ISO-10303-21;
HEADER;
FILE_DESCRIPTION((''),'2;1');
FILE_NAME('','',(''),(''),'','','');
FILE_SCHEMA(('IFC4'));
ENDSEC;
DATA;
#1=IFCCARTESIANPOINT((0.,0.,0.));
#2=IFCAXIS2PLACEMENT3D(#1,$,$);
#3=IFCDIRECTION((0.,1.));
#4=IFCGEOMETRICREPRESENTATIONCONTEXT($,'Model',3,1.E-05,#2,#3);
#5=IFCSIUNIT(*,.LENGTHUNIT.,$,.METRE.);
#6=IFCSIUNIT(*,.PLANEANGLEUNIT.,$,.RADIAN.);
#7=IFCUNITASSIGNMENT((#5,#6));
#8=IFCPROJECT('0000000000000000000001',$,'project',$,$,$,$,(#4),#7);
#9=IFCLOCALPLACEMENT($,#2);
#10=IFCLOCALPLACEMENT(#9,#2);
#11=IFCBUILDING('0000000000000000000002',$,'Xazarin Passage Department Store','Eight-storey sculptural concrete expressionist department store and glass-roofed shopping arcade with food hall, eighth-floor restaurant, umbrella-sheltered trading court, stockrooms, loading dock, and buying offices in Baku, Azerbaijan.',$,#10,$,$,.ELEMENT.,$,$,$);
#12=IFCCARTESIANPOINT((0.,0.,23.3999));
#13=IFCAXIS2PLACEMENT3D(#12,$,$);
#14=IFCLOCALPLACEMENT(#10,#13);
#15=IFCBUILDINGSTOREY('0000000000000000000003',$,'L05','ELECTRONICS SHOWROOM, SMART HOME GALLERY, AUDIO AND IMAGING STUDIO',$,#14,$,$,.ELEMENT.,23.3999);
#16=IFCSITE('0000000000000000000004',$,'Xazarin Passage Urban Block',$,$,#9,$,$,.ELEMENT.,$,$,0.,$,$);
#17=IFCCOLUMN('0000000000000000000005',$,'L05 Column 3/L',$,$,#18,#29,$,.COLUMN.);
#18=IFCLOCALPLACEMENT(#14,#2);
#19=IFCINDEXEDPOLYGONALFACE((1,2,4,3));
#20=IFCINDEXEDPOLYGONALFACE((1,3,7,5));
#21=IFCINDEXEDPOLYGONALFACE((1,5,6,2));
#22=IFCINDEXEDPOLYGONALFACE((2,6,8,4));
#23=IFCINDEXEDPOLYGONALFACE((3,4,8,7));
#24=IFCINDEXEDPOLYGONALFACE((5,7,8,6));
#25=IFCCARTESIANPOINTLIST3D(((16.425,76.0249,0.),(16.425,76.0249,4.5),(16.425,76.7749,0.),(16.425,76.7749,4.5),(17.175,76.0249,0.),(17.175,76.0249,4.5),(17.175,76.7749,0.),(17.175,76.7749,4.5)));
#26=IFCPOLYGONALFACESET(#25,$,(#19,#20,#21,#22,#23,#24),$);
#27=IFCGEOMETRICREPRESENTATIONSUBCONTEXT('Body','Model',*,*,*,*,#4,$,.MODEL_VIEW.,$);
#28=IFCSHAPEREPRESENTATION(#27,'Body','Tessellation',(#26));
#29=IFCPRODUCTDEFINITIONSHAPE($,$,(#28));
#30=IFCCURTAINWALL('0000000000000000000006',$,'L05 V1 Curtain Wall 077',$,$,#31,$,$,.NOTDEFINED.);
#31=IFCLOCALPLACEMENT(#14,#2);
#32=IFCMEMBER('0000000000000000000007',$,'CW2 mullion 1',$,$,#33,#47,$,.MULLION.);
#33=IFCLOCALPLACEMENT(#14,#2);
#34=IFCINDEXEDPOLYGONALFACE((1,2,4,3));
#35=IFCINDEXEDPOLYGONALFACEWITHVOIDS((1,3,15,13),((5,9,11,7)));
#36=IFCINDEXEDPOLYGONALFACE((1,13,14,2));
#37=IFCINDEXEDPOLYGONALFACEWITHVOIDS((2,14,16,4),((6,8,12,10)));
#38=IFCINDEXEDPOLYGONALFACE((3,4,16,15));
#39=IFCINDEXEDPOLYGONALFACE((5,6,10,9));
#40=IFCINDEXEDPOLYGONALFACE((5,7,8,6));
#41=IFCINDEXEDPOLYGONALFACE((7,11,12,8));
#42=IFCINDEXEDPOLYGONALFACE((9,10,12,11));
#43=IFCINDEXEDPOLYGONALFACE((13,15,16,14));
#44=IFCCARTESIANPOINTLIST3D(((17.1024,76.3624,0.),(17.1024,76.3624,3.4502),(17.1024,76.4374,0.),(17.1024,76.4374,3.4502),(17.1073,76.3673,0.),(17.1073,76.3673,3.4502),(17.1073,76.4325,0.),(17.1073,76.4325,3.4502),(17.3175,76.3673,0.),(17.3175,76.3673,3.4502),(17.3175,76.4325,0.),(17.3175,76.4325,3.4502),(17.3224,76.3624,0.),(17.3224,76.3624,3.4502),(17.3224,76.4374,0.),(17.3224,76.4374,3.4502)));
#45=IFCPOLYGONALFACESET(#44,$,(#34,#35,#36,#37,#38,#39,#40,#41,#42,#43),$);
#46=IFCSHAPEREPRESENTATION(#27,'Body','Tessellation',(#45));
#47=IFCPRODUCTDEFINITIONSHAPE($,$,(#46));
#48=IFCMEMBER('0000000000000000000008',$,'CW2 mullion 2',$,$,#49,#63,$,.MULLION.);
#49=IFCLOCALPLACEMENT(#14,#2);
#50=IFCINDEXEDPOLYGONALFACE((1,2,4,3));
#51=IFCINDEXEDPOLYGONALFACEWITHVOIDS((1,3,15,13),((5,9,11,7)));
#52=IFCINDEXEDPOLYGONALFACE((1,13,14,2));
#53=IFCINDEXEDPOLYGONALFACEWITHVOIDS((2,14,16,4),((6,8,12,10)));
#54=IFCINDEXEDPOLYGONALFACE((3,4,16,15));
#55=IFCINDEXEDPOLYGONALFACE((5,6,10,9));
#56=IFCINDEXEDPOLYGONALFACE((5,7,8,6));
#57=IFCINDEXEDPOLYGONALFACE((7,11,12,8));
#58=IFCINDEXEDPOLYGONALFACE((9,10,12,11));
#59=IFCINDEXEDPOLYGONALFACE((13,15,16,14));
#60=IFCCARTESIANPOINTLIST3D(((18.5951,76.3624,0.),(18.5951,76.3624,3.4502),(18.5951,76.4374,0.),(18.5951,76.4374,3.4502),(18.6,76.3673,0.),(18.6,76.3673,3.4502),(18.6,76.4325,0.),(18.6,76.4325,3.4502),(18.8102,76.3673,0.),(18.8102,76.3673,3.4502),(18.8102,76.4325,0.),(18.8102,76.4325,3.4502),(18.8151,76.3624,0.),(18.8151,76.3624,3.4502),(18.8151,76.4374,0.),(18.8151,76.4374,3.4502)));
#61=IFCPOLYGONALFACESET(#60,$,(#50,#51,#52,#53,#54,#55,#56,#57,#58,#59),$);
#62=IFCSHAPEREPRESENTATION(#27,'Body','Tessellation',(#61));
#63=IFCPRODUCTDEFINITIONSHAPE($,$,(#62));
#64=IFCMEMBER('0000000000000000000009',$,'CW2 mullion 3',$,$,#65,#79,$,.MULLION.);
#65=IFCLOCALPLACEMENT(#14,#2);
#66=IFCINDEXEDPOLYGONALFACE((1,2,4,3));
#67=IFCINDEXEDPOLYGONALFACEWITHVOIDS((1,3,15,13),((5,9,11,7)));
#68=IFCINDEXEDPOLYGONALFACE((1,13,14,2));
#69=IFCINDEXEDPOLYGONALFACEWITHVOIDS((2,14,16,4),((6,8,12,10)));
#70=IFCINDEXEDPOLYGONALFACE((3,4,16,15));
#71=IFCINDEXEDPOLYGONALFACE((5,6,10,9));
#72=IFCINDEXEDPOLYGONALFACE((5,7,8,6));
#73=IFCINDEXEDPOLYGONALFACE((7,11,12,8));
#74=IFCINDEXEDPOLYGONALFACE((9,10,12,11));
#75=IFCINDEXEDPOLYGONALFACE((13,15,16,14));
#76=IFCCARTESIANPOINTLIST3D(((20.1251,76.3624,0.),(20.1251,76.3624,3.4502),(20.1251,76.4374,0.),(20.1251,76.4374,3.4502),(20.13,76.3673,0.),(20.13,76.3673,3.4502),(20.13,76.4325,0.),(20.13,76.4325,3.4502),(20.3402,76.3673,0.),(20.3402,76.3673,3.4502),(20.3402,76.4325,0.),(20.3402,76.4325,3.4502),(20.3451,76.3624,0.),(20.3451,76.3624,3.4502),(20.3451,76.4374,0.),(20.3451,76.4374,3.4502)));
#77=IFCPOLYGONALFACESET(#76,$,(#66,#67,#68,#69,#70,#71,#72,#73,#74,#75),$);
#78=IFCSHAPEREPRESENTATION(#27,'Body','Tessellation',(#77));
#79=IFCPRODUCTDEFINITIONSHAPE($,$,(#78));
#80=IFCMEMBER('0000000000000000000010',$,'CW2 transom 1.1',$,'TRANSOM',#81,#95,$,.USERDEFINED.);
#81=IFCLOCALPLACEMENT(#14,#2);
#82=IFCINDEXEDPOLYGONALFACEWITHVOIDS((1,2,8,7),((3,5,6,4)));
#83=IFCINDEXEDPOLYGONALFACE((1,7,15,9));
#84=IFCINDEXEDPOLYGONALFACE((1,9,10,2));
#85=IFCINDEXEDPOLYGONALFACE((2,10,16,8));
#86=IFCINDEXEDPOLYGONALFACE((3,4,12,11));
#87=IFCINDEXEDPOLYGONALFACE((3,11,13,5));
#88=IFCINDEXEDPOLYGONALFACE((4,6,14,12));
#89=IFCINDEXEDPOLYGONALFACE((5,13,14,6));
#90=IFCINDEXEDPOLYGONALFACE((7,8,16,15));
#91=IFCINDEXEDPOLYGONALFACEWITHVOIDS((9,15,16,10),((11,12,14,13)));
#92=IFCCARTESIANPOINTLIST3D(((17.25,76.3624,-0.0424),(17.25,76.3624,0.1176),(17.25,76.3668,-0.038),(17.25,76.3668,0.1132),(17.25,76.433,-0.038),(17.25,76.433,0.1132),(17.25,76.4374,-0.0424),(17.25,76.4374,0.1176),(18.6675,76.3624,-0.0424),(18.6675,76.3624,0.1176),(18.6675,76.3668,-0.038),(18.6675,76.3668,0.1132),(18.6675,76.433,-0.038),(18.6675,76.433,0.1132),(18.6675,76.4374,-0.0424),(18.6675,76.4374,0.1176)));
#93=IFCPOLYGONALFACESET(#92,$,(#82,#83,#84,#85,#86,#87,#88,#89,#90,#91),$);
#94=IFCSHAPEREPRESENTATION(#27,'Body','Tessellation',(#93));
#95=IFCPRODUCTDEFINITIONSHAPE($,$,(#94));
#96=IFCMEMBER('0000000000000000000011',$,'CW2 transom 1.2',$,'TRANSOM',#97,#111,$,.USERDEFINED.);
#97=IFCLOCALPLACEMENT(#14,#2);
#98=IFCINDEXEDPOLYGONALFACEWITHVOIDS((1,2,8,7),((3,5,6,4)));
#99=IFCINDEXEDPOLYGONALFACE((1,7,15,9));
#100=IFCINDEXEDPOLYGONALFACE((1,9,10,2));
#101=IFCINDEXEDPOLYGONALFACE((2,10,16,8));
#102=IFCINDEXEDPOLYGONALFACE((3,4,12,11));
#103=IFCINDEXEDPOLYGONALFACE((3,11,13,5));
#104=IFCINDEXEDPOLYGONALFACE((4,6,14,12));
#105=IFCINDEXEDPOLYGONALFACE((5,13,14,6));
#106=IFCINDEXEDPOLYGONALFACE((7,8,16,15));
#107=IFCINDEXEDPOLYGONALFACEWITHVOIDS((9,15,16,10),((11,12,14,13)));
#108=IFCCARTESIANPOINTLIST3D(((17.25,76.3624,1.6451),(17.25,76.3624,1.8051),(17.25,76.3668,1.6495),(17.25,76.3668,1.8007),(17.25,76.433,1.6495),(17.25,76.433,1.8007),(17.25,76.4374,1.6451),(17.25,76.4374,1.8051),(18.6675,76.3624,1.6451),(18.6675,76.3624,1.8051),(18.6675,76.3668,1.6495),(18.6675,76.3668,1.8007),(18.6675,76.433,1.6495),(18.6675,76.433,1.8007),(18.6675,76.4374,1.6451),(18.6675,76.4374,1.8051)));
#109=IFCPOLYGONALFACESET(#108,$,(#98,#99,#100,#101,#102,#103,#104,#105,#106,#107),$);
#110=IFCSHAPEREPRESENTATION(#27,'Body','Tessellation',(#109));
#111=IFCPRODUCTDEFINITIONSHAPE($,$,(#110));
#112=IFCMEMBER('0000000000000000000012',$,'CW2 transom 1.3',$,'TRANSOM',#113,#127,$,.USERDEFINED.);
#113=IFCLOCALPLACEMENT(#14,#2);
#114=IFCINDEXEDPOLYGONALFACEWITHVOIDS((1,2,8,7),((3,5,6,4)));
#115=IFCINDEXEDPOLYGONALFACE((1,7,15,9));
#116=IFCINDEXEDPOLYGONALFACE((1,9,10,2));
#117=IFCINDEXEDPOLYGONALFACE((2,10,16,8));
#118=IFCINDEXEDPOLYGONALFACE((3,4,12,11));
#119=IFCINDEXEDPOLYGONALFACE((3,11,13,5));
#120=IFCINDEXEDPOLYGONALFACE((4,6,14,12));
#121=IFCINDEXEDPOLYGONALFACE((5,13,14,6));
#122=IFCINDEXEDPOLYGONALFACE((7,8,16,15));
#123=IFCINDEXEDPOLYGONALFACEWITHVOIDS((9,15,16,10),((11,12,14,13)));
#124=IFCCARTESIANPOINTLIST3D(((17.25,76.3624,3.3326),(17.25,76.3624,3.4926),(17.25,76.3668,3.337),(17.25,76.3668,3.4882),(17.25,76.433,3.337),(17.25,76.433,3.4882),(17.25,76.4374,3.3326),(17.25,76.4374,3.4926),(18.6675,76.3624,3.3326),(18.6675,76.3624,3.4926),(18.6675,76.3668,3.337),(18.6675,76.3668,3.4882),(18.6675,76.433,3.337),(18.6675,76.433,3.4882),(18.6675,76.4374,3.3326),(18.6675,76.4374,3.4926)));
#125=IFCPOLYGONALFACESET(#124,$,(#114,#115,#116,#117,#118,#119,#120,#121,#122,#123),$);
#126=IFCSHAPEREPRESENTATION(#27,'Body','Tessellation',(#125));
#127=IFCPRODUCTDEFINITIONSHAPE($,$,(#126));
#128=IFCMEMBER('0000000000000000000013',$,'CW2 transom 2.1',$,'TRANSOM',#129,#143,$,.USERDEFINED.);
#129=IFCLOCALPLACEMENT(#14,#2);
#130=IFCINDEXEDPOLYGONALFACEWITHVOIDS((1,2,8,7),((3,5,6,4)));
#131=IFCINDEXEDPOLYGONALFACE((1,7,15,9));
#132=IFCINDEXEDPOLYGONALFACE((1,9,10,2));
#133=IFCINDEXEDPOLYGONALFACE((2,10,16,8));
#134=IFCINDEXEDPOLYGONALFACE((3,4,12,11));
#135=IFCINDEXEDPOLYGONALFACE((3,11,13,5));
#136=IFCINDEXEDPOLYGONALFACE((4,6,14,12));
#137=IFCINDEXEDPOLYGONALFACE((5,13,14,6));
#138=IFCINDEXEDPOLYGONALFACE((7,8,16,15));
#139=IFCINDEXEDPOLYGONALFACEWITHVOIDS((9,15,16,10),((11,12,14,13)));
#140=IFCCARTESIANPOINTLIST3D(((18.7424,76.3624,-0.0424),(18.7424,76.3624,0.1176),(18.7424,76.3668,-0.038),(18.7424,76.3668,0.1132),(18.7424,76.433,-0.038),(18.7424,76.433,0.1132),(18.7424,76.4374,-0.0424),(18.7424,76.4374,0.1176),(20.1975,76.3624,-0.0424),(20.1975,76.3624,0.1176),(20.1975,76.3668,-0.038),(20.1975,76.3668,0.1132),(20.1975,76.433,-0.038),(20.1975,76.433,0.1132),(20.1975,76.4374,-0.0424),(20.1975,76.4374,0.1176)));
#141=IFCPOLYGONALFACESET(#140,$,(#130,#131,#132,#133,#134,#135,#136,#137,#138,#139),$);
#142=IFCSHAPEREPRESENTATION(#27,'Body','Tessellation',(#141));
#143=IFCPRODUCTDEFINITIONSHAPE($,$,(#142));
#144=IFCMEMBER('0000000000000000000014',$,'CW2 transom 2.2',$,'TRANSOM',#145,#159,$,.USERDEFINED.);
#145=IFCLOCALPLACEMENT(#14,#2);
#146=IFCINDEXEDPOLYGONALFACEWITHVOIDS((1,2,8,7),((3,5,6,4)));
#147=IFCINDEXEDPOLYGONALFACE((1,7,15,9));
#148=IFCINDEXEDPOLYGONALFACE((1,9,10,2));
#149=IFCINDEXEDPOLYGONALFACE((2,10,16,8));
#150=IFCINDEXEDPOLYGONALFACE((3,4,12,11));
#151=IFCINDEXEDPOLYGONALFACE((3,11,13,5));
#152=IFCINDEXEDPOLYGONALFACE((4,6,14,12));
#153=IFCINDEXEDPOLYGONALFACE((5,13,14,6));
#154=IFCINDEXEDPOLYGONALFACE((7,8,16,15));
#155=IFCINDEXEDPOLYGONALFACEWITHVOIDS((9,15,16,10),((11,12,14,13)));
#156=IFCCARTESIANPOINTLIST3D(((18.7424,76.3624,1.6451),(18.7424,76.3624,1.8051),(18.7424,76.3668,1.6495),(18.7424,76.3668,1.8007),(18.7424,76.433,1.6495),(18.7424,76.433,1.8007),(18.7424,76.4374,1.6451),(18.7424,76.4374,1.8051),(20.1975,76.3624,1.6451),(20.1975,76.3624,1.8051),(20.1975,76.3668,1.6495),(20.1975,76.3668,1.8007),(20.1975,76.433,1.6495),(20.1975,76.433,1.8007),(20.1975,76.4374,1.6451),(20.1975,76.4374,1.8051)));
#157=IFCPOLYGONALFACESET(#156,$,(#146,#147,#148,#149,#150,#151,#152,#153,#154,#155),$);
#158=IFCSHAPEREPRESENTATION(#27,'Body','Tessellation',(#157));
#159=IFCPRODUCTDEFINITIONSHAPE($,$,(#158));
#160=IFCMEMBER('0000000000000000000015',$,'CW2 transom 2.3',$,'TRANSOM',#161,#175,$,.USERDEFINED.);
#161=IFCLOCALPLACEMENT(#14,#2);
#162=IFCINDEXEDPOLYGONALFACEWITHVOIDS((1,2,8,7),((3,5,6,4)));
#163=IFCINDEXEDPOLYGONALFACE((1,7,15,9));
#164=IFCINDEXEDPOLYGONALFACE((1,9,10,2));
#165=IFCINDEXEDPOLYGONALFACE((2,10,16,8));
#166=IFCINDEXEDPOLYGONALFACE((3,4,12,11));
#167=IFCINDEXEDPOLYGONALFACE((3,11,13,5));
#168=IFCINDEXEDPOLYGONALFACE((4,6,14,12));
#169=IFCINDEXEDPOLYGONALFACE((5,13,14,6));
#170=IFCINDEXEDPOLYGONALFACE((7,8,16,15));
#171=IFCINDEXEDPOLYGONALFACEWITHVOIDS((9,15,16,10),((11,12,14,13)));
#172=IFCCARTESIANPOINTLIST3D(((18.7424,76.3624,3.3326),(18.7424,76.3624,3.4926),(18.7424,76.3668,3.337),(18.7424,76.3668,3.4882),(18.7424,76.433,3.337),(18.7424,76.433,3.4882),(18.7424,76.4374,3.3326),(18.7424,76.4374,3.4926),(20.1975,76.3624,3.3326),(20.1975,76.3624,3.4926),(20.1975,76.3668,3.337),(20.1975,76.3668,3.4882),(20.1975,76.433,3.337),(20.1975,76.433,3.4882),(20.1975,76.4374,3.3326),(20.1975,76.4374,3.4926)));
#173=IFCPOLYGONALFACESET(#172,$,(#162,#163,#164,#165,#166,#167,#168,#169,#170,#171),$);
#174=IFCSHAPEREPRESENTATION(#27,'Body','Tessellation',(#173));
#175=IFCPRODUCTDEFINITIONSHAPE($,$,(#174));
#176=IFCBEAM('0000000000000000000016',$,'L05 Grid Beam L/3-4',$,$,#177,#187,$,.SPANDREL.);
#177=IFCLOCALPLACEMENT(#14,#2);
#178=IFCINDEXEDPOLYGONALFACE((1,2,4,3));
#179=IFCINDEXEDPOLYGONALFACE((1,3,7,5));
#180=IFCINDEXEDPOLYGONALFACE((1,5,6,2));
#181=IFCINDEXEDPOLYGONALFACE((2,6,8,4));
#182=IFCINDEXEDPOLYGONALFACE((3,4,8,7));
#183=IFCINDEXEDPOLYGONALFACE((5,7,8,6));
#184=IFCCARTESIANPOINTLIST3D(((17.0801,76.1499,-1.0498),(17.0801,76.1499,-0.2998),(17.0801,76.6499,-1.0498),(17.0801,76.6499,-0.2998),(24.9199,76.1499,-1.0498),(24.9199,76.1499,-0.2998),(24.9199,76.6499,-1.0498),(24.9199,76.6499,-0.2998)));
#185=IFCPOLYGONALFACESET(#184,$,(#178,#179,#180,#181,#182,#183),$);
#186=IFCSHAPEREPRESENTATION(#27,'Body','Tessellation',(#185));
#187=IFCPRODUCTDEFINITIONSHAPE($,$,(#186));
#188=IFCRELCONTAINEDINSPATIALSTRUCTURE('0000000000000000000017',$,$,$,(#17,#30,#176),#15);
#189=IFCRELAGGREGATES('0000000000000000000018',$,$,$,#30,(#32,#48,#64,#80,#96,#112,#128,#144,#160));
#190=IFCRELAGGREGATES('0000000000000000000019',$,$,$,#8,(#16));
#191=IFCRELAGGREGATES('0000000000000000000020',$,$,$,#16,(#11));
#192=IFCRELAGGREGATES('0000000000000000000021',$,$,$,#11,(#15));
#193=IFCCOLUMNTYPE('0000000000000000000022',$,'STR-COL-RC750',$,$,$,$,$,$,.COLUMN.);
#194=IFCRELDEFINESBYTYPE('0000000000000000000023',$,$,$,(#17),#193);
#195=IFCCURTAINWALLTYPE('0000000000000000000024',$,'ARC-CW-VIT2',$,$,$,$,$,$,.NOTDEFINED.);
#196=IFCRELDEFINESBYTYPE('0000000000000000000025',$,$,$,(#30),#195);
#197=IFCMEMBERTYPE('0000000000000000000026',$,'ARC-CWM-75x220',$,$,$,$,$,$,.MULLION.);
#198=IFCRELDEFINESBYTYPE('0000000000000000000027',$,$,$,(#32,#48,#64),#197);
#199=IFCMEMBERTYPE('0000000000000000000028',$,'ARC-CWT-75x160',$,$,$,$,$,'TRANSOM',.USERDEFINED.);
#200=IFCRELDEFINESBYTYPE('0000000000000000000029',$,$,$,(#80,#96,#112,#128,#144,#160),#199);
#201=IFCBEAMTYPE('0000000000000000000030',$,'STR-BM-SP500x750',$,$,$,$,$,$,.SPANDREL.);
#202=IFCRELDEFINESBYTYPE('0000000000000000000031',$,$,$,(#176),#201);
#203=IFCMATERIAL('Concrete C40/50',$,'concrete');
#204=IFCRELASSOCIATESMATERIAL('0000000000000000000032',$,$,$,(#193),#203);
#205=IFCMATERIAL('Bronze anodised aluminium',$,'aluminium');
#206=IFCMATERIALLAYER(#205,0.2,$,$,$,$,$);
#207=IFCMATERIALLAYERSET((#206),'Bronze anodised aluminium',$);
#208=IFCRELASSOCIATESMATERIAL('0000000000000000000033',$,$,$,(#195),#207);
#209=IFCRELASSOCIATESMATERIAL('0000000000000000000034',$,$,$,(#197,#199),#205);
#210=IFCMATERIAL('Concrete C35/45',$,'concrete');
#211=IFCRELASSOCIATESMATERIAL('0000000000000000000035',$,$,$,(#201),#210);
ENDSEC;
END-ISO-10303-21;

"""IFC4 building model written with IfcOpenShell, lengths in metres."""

from ifc_helpers import new_model, si_unit, direction, frame, origin, origin_2d, place, context, subcontext, project, spatial, rectangle, hollow_rectangle, extrude, material, layer, layer_set, material_profile, profile_set, type_object, element, aggregate, save


model = new_model("IFC4")

# Units and contexts
model_context = context("Model", 3, precision=1e-05, world=origin(), true_north=direction((0.0, 1.0)))
body_context = subcontext(model_context, "Body", "Model", "MODEL_VIEW")
ifc_project = project(units=[si_unit("LENGTHUNIT", "METRE"), si_unit("PLANEANGLEUNIT", "RADIAN")], contexts=[model_context])

# Site, building, storey
site_placement = place(None, origin())
site = spatial("IfcSite", under=ifc_project, at=site_placement, Name="Xazarin Passage Urban Block", CompositionType="ELEMENT", RefElevation=0.0)
building_placement = place(site_placement, origin())
building = spatial("IfcBuilding", under=site, at=building_placement, Name="Xazarin Passage Department Store", Description="Eight-storey sculptural concrete expressionist department store and glass-roofed shopping arcade with food hall, eighth-floor restaurant, umbrella-sheltered trading court, stockrooms, loading dock, and buying offices in Baku, Azerbaijan.", CompositionType="ELEMENT")
storey_placement = place(building_placement, frame((0.0, 0.0, 23.3999)))
storey = spatial("IfcBuildingStorey", under=building, at=storey_placement, Name="L05", Description="ELECTRONICS SHOWROOM, SMART HOME GALLERY, AUDIO AND IMAGING STUDIO", CompositionType="ELEMENT", Elevation=23.3999)

# Column
ifc_material_1 = material(Name="Concrete C40/50", Category="concrete")
ifc_material_profile_1 = material_profile(ifc_material_1, rectangle(XDim=0.75, YDim=0.75, at=origin_2d()), Name="RC 750x750")
ifc_profile_set_1 = profile_set([ifc_material_profile_1], Name="Concrete C40/50")
column_type = type_object("IfcColumnType", Name="STR-COL-RC750", PredefinedType="COLUMN", material=ifc_profile_set_1)
column_placement = place(storey_placement, frame((16.8, 76.3999, 0.0), z_axis=(0.0, 0.0, 1.0), x_axis=(1.0, 0.0, 0.0)))
element("IfcColumn", 1, at=column_placement, inside=storey, type_object=column_type, Name="L05 Column 3/L", PredefinedType="COLUMN", context=body_context, shape_type="SweptSolid", body=[
    extrude(rectangle(XDim=0.75, YDim=0.75, at=origin_2d()), origin(), (0.0, 0.0, 1.0), 4.5),
])

# Curtain wall, members
ifc_material_2 = material(Name="Bronze anodised aluminium", Category="aluminium")
ifc_layer_1 = layer(ifc_material_2, 0.2)
ifc_layer_set_1 = layer_set([ifc_layer_1], Name="Bronze anodised aluminium")
curtain_wall_type = type_object("IfcCurtainWallType", Name="ARC-CW-VIT2", PredefinedType="NOTDEFINED", material=ifc_layer_set_1)
curtain_wall_placement = place(storey_placement, origin())
curtain_wall = element("IfcCurtainWall", 2, at=curtain_wall_placement, inside=storey, type_object=curtain_wall_type, Name="L05 V1 Curtain Wall 077", PredefinedType="NOTDEFINED")
ifc_material_profile_2 = material_profile(ifc_material_2, hollow_rectangle(XDim=0.075, YDim=0.22, WallThickness=0.0049, at=origin_2d()), Name="ALU 75x220")
ifc_profile_set_2 = profile_set([ifc_material_profile_2], Name="Bronze anodised aluminium")
member_type_1 = type_object("IfcMemberType", Name="ARC-CWM-75x220", PredefinedType="MULLION", material=ifc_profile_set_2)
member_1_placement = place(storey_placement, frame((17.2124, 76.3999, 0.0), z_axis=(0.0, 0.0, 1.0), x_axis=(0.0, 1.0, 0.0)))
member_1 = element("IfcMember", 3, at=member_1_placement, type_object=member_type_1, Name="CW2 mullion 1", PredefinedType="MULLION", context=body_context, shape_type="SweptSolid", body=[
    extrude(hollow_rectangle(XDim=0.075, YDim=0.22, WallThickness=0.0049, at=origin_2d()), origin(), (0.0, 0.0, 1.0), 3.4502),
])
member_2_placement = place(storey_placement, frame((18.7051, 76.3999, 0.0), z_axis=(0.0, 0.0, 1.0), x_axis=(0.0, 1.0, 0.0)))
member_2 = element("IfcMember", 4, at=member_2_placement, type_object=member_type_1, Name="CW2 mullion 2", PredefinedType="MULLION", context=body_context, shape_type="SweptSolid", body=[
    extrude(hollow_rectangle(XDim=0.075, YDim=0.22, WallThickness=0.0049, at=origin_2d()), origin(), (0.0, 0.0, 1.0), 3.4502),
])
member_3_placement = place(storey_placement, frame((20.2351, 76.3999, 0.0), z_axis=(0.0, 0.0, 1.0), x_axis=(0.0, 1.0, 0.0)))
member_3 = element("IfcMember", 5, at=member_3_placement, type_object=member_type_1, Name="CW2 mullion 3", PredefinedType="MULLION", context=body_context, shape_type="SweptSolid", body=[
    extrude(hollow_rectangle(XDim=0.075, YDim=0.22, WallThickness=0.0049, at=origin_2d()), origin(), (0.0, 0.0, 1.0), 3.4502),
])
ifc_material_profile_3 = material_profile(ifc_material_2, hollow_rectangle(XDim=0.075, YDim=0.1599, WallThickness=0.0044, at=origin_2d()), Name="ALU 75x160")
ifc_profile_set_3 = profile_set([ifc_material_profile_3], Name="Bronze anodised aluminium")
member_type_2 = type_object("IfcMemberType", Name="ARC-CWT-75x160", ElementType="TRANSOM", PredefinedType="USERDEFINED", material=ifc_profile_set_3)
member_4_placement = place(storey_placement, frame((17.25, 76.3999, 0.0376), z_axis=(1.0, 0.0, 0.0), x_axis=(0.0, 1.0, 0.0)))
member_4 = element("IfcMember", 6, at=member_4_placement, type_object=member_type_2, Name="CW2 transom 1.1", ObjectType="TRANSOM", PredefinedType="USERDEFINED", context=body_context, shape_type="SweptSolid", body=[
    extrude(hollow_rectangle(XDim=0.075, YDim=0.1599, WallThickness=0.0044, at=origin_2d()), origin(), (0.0, 0.0, 1.0), 1.4175),
])
member_5_placement = place(storey_placement, frame((17.25, 76.3999, 1.7251), z_axis=(1.0, 0.0, 0.0), x_axis=(0.0, 1.0, 0.0)))
member_5 = element("IfcMember", 7, at=member_5_placement, type_object=member_type_2, Name="CW2 transom 1.2", ObjectType="TRANSOM", PredefinedType="USERDEFINED", context=body_context, shape_type="SweptSolid", body=[
    extrude(hollow_rectangle(XDim=0.075, YDim=0.1599, WallThickness=0.0044, at=origin_2d()), origin(), (0.0, 0.0, 1.0), 1.4175),
])
member_6_placement = place(storey_placement, frame((17.25, 76.3999, 3.4126), z_axis=(1.0, 0.0, 0.0), x_axis=(0.0, 1.0, 0.0)))
member_6 = element("IfcMember", 8, at=member_6_placement, type_object=member_type_2, Name="CW2 transom 1.3", ObjectType="TRANSOM", PredefinedType="USERDEFINED", context=body_context, shape_type="SweptSolid", body=[
    extrude(hollow_rectangle(XDim=0.075, YDim=0.1599, WallThickness=0.0044, at=origin_2d()), origin(), (0.0, 0.0, 1.0), 1.4175),
])
member_7_placement = place(storey_placement, frame((18.7424, 76.3999, 0.0376), z_axis=(1.0, 0.0, 0.0), x_axis=(0.0, 1.0, 0.0)))
member_7 = element("IfcMember", 9, at=member_7_placement, type_object=member_type_2, Name="CW2 transom 2.1", ObjectType="TRANSOM", PredefinedType="USERDEFINED", context=body_context, shape_type="SweptSolid", body=[
    extrude(hollow_rectangle(XDim=0.075, YDim=0.1599, WallThickness=0.0044, at=origin_2d()), origin(), (0.0, 0.0, 1.0), 1.4551),
])
member_8_placement = place(storey_placement, frame((18.7424, 76.3999, 1.7251), z_axis=(1.0, 0.0, 0.0), x_axis=(0.0, 1.0, 0.0)))
member_8 = element("IfcMember", 10, at=member_8_placement, type_object=member_type_2, Name="CW2 transom 2.2", ObjectType="TRANSOM", PredefinedType="USERDEFINED", context=body_context, shape_type="SweptSolid", body=[
    extrude(hollow_rectangle(XDim=0.075, YDim=0.1599, WallThickness=0.0044, at=origin_2d()), origin(), (0.0, 0.0, 1.0), 1.4551),
])
member_9_placement = place(storey_placement, frame((18.7424, 76.3999, 3.4126), z_axis=(1.0, 0.0, 0.0), x_axis=(0.0, 1.0, 0.0)))
member_9 = element("IfcMember", 11, at=member_9_placement, type_object=member_type_2, Name="CW2 transom 2.3", ObjectType="TRANSOM", PredefinedType="USERDEFINED", context=body_context, shape_type="SweptSolid", body=[
    extrude(hollow_rectangle(XDim=0.075, YDim=0.1599, WallThickness=0.0044, at=origin_2d()), origin(), (0.0, 0.0, 1.0), 1.4551),
])

# Beam
ifc_material_3 = material(Name="Concrete C35/45", Category="concrete")
ifc_material_profile_4 = material_profile(ifc_material_3, rectangle(XDim=0.5, YDim=0.75, at=origin_2d()), Name="RC 500x750")
ifc_profile_set_4 = profile_set([ifc_material_profile_4], Name="Concrete C35/45")
beam_type = type_object("IfcBeamType", Name="STR-BM-SP500x750", PredefinedType="SPANDREL", material=ifc_profile_set_4)
beam_1_placement = place(storey_placement, frame((17.0801, 76.3999, -0.6748), z_axis=(1.0, 0.0, 0.0), x_axis=(0.0, 1.0, 0.0)))
element("IfcBeam", 12, at=beam_1_placement, inside=storey, type_object=beam_type, Name="L05 Grid Beam L/3-4", PredefinedType="SPANDREL", context=body_context, shape_type="SweptSolid", body=[
    extrude(rectangle(XDim=0.5, YDim=0.75, at=origin_2d()), origin(), (0.0, 0.0, 1.0), 7.8398),
])

aggregate(curtain_wall, [member_1, member_2, member_3, member_4, member_5, member_6, member_7, member_8, member_9])

save(model, "model.ifc")
